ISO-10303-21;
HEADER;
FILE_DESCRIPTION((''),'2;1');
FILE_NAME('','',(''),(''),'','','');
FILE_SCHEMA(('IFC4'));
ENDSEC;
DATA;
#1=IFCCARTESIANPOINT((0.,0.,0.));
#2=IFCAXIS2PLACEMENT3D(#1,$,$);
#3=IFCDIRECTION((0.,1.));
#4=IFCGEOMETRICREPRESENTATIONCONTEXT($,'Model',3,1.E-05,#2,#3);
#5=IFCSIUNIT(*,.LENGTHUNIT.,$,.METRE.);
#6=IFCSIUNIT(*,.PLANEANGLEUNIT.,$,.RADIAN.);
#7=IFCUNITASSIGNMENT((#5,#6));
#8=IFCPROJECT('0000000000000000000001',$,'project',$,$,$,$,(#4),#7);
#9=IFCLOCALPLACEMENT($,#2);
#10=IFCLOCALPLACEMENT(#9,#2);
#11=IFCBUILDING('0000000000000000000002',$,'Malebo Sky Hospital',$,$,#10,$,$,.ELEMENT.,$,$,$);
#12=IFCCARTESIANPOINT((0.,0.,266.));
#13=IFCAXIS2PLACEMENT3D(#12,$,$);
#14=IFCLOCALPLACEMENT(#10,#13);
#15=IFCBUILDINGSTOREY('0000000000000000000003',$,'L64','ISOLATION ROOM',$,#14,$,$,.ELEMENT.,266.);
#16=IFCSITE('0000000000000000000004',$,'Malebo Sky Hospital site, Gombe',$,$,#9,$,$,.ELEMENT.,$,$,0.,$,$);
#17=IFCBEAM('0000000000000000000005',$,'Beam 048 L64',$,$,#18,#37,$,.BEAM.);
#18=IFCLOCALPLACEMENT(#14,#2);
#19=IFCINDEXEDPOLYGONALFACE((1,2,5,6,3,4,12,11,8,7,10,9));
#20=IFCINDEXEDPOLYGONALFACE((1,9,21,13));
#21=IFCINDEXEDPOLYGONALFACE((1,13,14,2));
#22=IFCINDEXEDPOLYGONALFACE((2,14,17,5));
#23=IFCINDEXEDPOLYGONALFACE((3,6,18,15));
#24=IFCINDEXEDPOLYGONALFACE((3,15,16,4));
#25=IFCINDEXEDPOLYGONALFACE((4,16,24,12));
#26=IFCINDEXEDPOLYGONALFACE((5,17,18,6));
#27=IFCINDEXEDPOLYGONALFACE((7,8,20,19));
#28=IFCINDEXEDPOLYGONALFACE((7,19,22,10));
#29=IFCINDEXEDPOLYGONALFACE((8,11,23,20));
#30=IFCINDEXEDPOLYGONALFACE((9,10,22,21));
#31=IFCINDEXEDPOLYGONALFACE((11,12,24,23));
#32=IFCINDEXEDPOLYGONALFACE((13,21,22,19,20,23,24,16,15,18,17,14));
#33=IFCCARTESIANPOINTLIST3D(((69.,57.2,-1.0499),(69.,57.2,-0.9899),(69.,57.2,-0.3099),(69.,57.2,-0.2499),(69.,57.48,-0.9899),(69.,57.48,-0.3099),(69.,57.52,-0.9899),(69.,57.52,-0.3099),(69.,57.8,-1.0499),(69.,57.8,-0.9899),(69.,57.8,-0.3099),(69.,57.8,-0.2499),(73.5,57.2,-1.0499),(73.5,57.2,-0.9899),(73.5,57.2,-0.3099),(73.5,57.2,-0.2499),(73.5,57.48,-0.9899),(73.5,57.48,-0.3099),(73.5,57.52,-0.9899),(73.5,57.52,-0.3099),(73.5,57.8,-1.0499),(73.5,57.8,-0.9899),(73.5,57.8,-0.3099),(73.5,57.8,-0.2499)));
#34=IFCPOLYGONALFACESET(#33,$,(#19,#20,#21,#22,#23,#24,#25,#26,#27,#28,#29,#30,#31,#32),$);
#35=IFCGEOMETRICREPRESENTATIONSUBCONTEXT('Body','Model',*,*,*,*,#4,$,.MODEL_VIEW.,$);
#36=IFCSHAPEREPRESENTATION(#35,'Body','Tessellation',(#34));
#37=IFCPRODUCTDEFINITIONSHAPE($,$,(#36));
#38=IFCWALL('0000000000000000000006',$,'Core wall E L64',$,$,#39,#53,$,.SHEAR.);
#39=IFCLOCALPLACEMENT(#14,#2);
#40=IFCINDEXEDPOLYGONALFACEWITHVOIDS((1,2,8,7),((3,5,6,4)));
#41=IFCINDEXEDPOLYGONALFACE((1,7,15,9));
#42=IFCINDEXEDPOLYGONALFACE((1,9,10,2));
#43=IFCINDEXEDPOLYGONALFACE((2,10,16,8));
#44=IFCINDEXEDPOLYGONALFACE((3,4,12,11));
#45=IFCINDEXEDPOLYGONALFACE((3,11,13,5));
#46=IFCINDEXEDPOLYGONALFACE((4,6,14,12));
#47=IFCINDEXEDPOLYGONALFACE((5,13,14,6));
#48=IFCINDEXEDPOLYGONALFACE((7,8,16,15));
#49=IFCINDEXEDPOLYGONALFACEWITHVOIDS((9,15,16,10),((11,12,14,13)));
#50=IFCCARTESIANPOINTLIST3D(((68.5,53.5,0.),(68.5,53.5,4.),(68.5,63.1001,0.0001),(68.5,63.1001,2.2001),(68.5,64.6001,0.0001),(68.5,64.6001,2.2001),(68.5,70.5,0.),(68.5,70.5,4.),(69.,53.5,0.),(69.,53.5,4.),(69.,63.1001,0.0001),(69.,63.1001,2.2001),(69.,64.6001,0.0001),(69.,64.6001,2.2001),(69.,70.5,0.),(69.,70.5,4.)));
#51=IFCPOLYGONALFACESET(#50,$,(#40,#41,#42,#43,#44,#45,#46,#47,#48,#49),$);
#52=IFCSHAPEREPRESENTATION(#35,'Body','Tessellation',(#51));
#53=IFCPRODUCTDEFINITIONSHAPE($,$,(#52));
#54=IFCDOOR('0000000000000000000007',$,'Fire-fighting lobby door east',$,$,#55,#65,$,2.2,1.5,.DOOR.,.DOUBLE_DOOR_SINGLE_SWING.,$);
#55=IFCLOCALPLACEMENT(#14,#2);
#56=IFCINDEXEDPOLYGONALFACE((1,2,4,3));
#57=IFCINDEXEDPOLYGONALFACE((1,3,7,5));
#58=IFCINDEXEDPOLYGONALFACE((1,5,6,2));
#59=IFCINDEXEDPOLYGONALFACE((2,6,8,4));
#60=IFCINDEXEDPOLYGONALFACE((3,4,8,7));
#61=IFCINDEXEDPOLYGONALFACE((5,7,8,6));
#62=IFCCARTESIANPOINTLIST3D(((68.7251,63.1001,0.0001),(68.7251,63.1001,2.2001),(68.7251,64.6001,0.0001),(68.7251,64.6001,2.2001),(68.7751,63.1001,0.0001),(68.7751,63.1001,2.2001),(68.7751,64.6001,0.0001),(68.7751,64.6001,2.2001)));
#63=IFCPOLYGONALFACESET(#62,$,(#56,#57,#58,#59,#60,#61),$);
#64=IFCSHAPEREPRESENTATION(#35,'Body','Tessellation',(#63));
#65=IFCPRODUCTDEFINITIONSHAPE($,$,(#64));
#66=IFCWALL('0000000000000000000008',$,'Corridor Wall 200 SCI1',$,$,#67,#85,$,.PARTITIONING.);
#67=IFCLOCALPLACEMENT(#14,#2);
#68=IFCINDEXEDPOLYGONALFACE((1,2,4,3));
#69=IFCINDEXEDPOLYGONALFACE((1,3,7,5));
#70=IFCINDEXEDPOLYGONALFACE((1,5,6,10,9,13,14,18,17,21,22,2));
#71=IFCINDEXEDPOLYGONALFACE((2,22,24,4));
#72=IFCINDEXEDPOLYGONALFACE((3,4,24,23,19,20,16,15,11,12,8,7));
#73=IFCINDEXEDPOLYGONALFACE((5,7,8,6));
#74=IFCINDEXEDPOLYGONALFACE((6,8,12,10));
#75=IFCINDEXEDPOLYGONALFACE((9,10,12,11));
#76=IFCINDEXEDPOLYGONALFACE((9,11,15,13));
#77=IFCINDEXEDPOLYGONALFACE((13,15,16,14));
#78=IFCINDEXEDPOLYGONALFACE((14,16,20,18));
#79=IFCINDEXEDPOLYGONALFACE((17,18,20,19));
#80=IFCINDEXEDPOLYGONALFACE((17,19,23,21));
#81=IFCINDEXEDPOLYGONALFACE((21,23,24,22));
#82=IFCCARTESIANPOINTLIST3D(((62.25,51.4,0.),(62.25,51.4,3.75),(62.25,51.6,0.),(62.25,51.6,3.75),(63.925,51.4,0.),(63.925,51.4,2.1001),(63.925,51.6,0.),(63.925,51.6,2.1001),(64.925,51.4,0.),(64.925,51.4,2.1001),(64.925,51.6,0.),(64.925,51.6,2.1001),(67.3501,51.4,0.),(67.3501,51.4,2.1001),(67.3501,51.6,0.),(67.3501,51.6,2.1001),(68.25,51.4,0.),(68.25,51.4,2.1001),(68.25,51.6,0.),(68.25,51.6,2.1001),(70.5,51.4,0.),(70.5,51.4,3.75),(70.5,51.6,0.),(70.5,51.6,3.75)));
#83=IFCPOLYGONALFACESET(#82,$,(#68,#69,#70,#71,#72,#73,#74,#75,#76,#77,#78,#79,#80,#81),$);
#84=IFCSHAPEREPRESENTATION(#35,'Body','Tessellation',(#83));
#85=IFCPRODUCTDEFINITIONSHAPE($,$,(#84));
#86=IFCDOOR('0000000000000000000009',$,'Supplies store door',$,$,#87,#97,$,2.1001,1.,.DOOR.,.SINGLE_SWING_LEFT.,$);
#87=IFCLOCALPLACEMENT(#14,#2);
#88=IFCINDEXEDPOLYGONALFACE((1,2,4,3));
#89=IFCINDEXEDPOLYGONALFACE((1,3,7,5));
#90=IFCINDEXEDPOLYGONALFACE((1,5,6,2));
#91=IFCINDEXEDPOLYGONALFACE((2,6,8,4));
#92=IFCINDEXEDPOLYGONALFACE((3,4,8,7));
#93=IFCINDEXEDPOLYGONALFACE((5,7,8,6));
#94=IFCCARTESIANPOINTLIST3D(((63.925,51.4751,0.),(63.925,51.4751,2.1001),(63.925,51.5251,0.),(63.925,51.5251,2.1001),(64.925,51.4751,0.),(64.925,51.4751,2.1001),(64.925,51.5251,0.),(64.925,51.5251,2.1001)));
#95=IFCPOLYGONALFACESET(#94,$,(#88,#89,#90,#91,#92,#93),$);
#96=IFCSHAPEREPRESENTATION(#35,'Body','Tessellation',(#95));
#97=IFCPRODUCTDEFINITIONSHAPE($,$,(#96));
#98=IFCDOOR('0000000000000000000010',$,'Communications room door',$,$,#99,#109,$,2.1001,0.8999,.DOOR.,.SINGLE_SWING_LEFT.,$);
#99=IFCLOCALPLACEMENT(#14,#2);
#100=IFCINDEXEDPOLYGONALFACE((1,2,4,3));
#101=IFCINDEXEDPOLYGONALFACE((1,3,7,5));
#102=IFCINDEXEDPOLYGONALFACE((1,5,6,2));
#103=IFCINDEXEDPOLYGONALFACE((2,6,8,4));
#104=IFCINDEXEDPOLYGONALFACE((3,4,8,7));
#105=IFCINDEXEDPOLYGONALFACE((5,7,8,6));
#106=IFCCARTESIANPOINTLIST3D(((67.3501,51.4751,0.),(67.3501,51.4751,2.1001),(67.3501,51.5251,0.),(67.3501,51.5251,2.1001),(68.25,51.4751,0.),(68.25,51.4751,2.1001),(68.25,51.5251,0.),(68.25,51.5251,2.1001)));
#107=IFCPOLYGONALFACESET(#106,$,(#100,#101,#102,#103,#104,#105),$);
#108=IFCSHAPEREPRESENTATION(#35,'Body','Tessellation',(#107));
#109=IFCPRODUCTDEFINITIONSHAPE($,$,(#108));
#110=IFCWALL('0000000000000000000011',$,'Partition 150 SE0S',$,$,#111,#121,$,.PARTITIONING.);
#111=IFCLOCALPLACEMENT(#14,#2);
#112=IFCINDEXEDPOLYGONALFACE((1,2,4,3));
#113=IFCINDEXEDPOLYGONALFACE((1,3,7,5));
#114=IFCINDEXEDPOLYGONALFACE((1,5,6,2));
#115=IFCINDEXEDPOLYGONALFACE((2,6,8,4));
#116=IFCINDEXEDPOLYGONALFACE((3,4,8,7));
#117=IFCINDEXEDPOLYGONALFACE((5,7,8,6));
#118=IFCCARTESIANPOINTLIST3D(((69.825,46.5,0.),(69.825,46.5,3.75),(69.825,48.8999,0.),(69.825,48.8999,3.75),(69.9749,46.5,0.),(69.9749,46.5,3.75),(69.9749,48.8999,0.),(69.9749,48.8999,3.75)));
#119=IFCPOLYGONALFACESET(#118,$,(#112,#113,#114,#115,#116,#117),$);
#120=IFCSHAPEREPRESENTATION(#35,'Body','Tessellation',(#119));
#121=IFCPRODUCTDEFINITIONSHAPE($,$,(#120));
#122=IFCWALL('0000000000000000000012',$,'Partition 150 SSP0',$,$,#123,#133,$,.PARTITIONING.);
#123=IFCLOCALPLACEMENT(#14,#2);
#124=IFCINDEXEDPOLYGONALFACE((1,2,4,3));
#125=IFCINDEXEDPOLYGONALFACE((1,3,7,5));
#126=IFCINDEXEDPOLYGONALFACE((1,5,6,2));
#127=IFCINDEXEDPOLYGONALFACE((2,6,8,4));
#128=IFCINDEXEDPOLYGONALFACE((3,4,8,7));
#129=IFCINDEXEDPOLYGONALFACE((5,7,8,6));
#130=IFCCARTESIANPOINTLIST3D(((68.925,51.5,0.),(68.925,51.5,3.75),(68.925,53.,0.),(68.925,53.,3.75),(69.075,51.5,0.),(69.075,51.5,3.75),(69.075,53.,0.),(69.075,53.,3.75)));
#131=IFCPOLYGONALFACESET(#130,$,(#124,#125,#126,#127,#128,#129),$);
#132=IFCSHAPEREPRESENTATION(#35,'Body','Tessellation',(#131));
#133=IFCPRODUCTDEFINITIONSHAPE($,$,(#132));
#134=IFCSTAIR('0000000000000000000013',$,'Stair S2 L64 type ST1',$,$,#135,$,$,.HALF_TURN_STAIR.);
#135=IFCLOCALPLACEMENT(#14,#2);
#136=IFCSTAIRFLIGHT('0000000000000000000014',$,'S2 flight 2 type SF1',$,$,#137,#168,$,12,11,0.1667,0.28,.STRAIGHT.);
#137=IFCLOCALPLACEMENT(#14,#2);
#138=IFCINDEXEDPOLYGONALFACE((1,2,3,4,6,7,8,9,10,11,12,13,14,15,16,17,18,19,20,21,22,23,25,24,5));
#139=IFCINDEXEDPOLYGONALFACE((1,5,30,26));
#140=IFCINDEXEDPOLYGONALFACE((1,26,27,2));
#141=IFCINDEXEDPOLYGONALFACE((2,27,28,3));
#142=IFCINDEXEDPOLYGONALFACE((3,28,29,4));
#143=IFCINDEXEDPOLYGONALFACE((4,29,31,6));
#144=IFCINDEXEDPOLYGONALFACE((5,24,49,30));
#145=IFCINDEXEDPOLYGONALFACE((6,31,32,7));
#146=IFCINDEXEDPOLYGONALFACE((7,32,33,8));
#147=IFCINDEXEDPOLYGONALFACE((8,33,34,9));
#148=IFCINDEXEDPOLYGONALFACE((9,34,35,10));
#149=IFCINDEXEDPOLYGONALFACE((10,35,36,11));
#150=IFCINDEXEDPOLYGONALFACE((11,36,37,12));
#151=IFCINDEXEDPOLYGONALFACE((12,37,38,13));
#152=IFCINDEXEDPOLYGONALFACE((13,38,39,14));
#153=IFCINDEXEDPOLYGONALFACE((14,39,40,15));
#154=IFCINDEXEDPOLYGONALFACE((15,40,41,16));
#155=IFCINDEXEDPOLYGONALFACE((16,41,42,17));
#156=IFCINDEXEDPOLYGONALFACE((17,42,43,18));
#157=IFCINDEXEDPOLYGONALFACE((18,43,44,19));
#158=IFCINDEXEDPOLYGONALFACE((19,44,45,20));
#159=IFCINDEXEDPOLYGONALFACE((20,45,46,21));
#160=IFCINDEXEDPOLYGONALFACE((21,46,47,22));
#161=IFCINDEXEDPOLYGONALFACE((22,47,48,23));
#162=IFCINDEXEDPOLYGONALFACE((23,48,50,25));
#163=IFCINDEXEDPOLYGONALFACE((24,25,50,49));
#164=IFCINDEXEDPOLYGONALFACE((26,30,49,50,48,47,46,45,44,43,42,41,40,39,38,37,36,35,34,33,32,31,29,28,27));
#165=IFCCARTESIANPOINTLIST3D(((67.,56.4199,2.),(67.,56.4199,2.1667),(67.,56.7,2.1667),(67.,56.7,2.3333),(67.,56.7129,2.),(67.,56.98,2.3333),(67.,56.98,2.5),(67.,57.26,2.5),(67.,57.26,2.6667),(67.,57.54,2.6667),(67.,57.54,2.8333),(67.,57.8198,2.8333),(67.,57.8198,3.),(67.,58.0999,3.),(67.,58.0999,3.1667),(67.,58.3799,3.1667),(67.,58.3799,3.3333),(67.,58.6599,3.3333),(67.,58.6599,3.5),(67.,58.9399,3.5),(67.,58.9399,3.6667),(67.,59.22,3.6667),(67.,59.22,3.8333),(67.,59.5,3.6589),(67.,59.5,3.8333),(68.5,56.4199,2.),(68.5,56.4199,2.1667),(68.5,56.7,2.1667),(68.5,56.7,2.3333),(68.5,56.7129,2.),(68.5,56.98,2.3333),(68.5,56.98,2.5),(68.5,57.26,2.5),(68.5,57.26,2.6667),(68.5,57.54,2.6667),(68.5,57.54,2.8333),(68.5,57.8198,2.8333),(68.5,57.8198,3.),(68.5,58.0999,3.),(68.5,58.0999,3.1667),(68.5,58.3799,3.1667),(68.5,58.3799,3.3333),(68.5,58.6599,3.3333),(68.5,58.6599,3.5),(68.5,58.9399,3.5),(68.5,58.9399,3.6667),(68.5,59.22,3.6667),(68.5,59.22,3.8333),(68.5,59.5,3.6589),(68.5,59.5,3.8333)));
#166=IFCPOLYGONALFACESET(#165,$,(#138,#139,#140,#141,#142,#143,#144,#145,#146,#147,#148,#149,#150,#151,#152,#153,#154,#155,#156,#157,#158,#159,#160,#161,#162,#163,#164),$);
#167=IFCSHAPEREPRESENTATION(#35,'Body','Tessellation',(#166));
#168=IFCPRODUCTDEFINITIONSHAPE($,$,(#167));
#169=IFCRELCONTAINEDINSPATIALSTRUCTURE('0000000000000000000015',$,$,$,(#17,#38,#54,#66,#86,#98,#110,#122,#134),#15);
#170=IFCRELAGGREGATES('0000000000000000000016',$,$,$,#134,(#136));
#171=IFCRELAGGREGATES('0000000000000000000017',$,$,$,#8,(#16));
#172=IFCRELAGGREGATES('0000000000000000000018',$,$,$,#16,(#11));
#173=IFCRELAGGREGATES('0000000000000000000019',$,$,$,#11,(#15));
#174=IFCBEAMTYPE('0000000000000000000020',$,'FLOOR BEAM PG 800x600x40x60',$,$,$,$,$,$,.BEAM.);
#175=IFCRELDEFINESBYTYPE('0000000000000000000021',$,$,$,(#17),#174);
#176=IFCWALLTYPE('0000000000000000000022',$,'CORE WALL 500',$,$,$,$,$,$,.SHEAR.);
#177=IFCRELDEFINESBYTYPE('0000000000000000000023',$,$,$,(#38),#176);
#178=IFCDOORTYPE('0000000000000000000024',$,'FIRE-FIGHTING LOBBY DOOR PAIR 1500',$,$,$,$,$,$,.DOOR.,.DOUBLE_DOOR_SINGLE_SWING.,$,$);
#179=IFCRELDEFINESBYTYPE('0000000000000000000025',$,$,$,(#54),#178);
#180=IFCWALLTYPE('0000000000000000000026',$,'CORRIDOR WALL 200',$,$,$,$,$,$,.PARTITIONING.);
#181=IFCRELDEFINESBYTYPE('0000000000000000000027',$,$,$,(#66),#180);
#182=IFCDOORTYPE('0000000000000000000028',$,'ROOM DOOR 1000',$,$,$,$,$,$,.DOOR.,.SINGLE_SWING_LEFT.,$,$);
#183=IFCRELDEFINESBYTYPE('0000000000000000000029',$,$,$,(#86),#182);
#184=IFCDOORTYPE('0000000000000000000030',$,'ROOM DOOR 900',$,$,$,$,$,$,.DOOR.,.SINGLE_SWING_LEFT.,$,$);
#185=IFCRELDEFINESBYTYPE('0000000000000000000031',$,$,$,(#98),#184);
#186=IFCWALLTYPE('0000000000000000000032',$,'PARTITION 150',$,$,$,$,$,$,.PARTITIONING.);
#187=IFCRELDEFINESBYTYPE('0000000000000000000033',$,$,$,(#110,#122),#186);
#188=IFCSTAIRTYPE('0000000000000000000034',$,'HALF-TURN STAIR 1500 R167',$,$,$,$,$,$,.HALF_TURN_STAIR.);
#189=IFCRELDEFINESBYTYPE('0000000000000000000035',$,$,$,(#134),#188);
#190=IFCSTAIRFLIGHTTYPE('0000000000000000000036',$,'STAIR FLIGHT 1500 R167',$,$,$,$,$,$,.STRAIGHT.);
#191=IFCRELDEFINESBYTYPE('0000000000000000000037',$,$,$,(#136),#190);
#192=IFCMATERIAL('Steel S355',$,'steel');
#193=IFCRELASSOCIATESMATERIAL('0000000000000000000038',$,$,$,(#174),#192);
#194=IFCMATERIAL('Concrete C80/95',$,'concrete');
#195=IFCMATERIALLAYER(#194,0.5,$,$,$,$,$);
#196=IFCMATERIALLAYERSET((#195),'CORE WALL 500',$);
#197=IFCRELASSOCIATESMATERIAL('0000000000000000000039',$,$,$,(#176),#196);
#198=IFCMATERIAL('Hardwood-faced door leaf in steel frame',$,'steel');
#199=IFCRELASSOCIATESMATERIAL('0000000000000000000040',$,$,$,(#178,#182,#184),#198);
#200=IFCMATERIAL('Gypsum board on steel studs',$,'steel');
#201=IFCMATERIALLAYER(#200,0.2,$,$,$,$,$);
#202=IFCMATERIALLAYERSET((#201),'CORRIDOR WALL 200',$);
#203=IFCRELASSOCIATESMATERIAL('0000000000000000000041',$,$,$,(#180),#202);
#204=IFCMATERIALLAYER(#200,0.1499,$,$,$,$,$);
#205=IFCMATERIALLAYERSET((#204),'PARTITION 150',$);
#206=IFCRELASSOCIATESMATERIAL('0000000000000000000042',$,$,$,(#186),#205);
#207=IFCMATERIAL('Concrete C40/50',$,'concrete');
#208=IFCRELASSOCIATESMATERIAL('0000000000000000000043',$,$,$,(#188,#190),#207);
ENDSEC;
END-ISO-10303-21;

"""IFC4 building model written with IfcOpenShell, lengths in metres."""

from ifc_helpers import new_model, si_unit, direction, frame, frame_2d, origin, origin_2d, place, context, subcontext, project, spatial, polyline, rectangle, i_section, outline, extrude, material, layer, layer_set, material_profile, profile_set, type_object, element, fill, aggregate, save


model = new_model("IFC4")

# Units and contexts
model_context = context("Model", 3, precision=1e-05, world=origin(), true_north=direction((0.0, 1.0)))
body_context = subcontext(model_context, "Body", "Model", "MODEL_VIEW")
ifc_project = project(units=[si_unit("LENGTHUNIT", "METRE"), si_unit("PLANEANGLEUNIT", "RADIAN")], contexts=[model_context])

# Site, building, storey
site_placement = place(None, origin())
site = spatial("IfcSite", under=ifc_project, at=site_placement, Name="Malebo Sky Hospital site, Gombe", CompositionType="ELEMENT", RefElevation=0.0)
building_placement = place(site_placement, origin())
building = spatial("IfcBuilding", under=site, at=building_placement, Name="Malebo Sky Hospital", CompositionType="ELEMENT")
storey_placement = place(building_placement, frame((0.0, 0.0, 266.0)))
storey = spatial("IfcBuildingStorey", under=building, at=storey_placement, Name="L64", Description="ISOLATION ROOM", CompositionType="ELEMENT", Elevation=266.0)

# Beam
ifc_material_1 = material(Name="Steel S355", Category="steel")
ifc_material_profile = material_profile(ifc_material_1, i_section(OverallWidth=0.6001, OverallDepth=0.8, WebThickness=0.04, FlangeThickness=0.0601, at=origin_2d()), Name="PG 800x600x40x60")
ifc_profile_set = profile_set([ifc_material_profile], Name="Steel S355")
beam_type = type_object("IfcBeamType", Name="FLOOR BEAM PG 800x600x40x60", PredefinedType="BEAM", material=ifc_profile_set)
beam_placement = place(storey_placement, frame((69.0, 57.5, -0.6499), z_axis=(1.0, 0.0, 0.0), x_axis=(0.0, 1.0, 0.0)))
element("IfcBeam", 1, at=beam_placement, inside=storey, type_object=beam_type, Name="Beam 048 L64", PredefinedType="BEAM", context=body_context, shape_type="SweptSolid", body=[
    extrude(i_section(OverallWidth=0.6001, OverallDepth=0.8, WebThickness=0.04, FlangeThickness=0.0601, at=origin_2d()), origin(), (0.0, 0.0, 1.0), 4.5),
])

# Wall, opening, door
ifc_material_2 = material(Name="Concrete C80/95", Category="concrete")
ifc_layer_1 = layer(ifc_material_2, 0.5)
ifc_layer_set_1 = layer_set([ifc_layer_1], Name="CORE WALL 500")
wall_type_1 = type_object("IfcWallType", Name="CORE WALL 500", PredefinedType="SHEAR", material=ifc_layer_set_1)
wall_1_placement = place(storey_placement, frame((68.75, 53.5, 0.0), z_axis=(0.0, 0.0, 1.0), x_axis=(0.0, 1.0, 0.0)))
wall_1 = element("IfcWall", 2, at=wall_1_placement, inside=storey, type_object=wall_type_1, Name="Core wall E L64", PredefinedType="SHEAR", context=body_context, shape_type="SweptSolid", body=[
    extrude(rectangle(XDim=17.0, YDim=0.5, at=frame_2d((8.5, 0.0))), origin(), (0.0, 0.0, 1.0), 4.0),
])
opening_1_placement = place(wall_1_placement, frame((9.6001, 0.0, 0.0)))
opening_1 = element("IfcOpeningElement", 3, at=opening_1_placement, cuts=wall_1, PredefinedType="OPENING", context=body_context, shape_type="SweptSolid", body=[
    extrude(rectangle(XDim=1.5, YDim=2.2, at=frame_2d((0.75, 1.1001))), frame((0.0, 0.26, 0.0), z_axis=(0.0, -1.0, 0.0), x_axis=(1.0, 0.0, 0.0)), (0.0, 0.0, 1.0), 0.52),
])
ifc_material_3 = material(Name="Hardwood-faced door leaf in steel frame", Category="steel")
door_type_1 = type_object("IfcDoorType", Name="FIRE-FIGHTING LOBBY DOOR PAIR 1500", OperationType="DOUBLE_DOOR_SINGLE_SWING", PredefinedType="DOOR", material=ifc_material_3)
door_1_placement = place(opening_1_placement, origin())
door_1 = element("IfcDoor", 4, at=door_1_placement, inside=storey, type_object=door_type_1, Name="Fire-fighting lobby door east", OperationType="DOUBLE_DOOR_SINGLE_SWING", OverallHeight=2.2, OverallWidth=1.5, PredefinedType="DOOR", context=body_context, shape_type="SweptSolid", body=[
    extrude(rectangle(XDim=1.5, YDim=2.2, at=frame_2d((0.75, 1.1001))), frame((0.0, 0.0249, 0.0), z_axis=(0.0, -1.0, 0.0), x_axis=(1.0, 0.0, 0.0)), (0.0, 0.0, 1.0), 0.05),
])
fill(opening_1, door_1)

# Wall, openings, doors
ifc_material_4 = material(Name="Gypsum board on steel studs", Category="steel")
ifc_layer_2 = layer(ifc_material_4, 0.2)
ifc_layer_set_2 = layer_set([ifc_layer_2], Name="CORRIDOR WALL 200")
wall_type_2 = type_object("IfcWallType", Name="CORRIDOR WALL 200", PredefinedType="PARTITIONING", material=ifc_layer_set_2)
wall_2_placement = place(storey_placement, frame((70.5, 51.5, 0.0), z_axis=(0.0, 0.0, 1.0), x_axis=(-1.0, 0.0, 0.0)))
wall_2 = element("IfcWall", 5, at=wall_2_placement, inside=storey, type_object=wall_type_2, Name="Corridor Wall 200 SCI1", PredefinedType="PARTITIONING", context=body_context, shape_type="SweptSolid", body=[
    extrude(rectangle(XDim=8.25, YDim=0.2, at=frame_2d((4.125, 0.0))), origin(), (0.0, 0.0, 1.0), 3.75),
])
opening_2_placement = place(wall_2_placement, frame((2.25, 0.0, 0.0)))
opening_2 = element("IfcOpeningElement", 6, at=opening_2_placement, cuts=wall_2, PredefinedType="OPENING", context=body_context, shape_type="SweptSolid", body=[
    extrude(rectangle(XDim=0.8999, YDim=2.1001, at=frame_2d((0.45, 1.05))), frame((0.0, 0.1099, 0.0), z_axis=(0.0, -1.0, 0.0), x_axis=(1.0, 0.0, 0.0)), (0.0, 0.0, 1.0), 0.22),
])
opening_3_placement = place(wall_2_placement, frame((5.575, 0.0, 0.0)))
opening_3 = element("IfcOpeningElement", 7, at=opening_3_placement, cuts=wall_2, PredefinedType="OPENING", context=body_context, shape_type="SweptSolid", body=[
    extrude(rectangle(XDim=1.0, YDim=2.1001, at=frame_2d((0.5, 1.05))), frame((0.0, 0.1099, 0.0), z_axis=(0.0, -1.0, 0.0), x_axis=(1.0, 0.0, 0.0)), (0.0, 0.0, 1.0), 0.22),
])
door_type_2 = type_object("IfcDoorType", Name="ROOM DOOR 1000", OperationType="SINGLE_SWING_LEFT", PredefinedType="DOOR", material=ifc_material_3)
door_2_placement = place(opening_3_placement, origin())
door_2 = element("IfcDoor", 8, at=door_2_placement, inside=storey, type_object=door_type_2, Name="Supplies store door", OperationType="SINGLE_SWING_LEFT", OverallHeight=2.1001, OverallWidth=1.0, PredefinedType="DOOR", context=body_context, shape_type="SweptSolid", body=[
    extrude(rectangle(XDim=1.0, YDim=2.1001, at=frame_2d((0.5, 1.05))), frame((0.0, 0.0249, 0.0), z_axis=(0.0, -1.0, 0.0), x_axis=(1.0, 0.0, 0.0)), (0.0, 0.0, 1.0), 0.05),
])
fill(opening_3, door_2)
door_type_3 = type_object("IfcDoorType", Name="ROOM DOOR 900", OperationType="SINGLE_SWING_LEFT", PredefinedType="DOOR", material=ifc_material_3)
door_3_placement = place(opening_2_placement, origin())
door_3 = element("IfcDoor", 9, at=door_3_placement, inside=storey, type_object=door_type_3, Name="Communications room door", OperationType="SINGLE_SWING_LEFT", OverallHeight=2.1001, OverallWidth=0.8999, PredefinedType="DOOR", context=body_context, shape_type="SweptSolid", body=[
    extrude(rectangle(XDim=0.8999, YDim=2.1001, at=frame_2d((0.45, 1.05))), frame((0.0, 0.0249, 0.0), z_axis=(0.0, -1.0, 0.0), x_axis=(1.0, 0.0, 0.0)), (0.0, 0.0, 1.0), 0.05),
])
fill(opening_2, door_3)

# Walls
ifc_layer_3 = layer(ifc_material_4, 0.1499)
ifc_layer_set_3 = layer_set([ifc_layer_3], Name="PARTITION 150")
wall_type_3 = type_object("IfcWallType", Name="PARTITION 150", PredefinedType="PARTITIONING", material=ifc_layer_set_3)
wall_3_placement = place(storey_placement, frame((69.8999, 48.8999, 0.0), z_axis=(0.0, 0.0, 1.0), x_axis=(0.0, -1.0, 0.0)))
element("IfcWall", 10, at=wall_3_placement, inside=storey, type_object=wall_type_3, Name="Partition 150 SE0S", PredefinedType="PARTITIONING", context=body_context, shape_type="SweptSolid", body=[
    extrude(rectangle(XDim=2.3999, YDim=0.1499, at=frame_2d((1.2, 0.0))), origin(), (0.0, 0.0, 1.0), 3.75),
])
wall_4_placement = place(storey_placement, frame((69.0, 53.0, 0.0), z_axis=(0.0, 0.0, 1.0), x_axis=(0.0, -1.0, 0.0)))
element("IfcWall", 11, at=wall_4_placement, inside=storey, type_object=wall_type_3, Name="Partition 150 SSP0", PredefinedType="PARTITIONING", context=body_context, shape_type="SweptSolid", body=[
    extrude(rectangle(XDim=1.5, YDim=0.1499, at=frame_2d((0.75, 0.0))), origin(), (0.0, 0.0, 1.0), 3.75),
])

# Stair, stair flight
ifc_material_5 = material(Name="Concrete C40/50", Category="concrete")
stair_type = type_object("IfcStairType", Name="HALF-TURN STAIR 1500 R167", PredefinedType="HALF_TURN_STAIR", material=ifc_material_5)
stair_placement = place(storey_placement, origin())
stair = element("IfcStair", 12, at=stair_placement, inside=storey, type_object=stair_type, Name="Stair S2 L64 type ST1", PredefinedType="HALF_TURN_STAIR")
stair_flight_type = type_object("IfcStairFlightType", Name="STAIR FLIGHT 1500 R167", PredefinedType="STRAIGHT", material=ifc_material_5)
stair_flight_placement = place(storey_placement, frame((67.75, 56.4199, 2.0), z_axis=(0.0, 0.0, 1.0), x_axis=(0.0, 1.0, 0.0)))
stair_flight = element("IfcStairFlight", 13, at=stair_flight_placement, type_object=stair_flight_type, Name="S2 flight 2 type SF1", NumberOfRisers=12, NumberOfTreads=11, PredefinedType="STRAIGHT", RiserHeight=0.1667, TreadLength=0.28, context=body_context, shape_type="SweptSolid", body=[
    extrude(outline(polyline([(0.0, 0.0), (0.0, 0.1667), (0.28, 0.1667), (0.28, 0.3333), (0.5601, 0.3333), (0.5601, 0.5), (0.8401, 0.5), (0.8401, 0.6667), (1.1201, 0.6667), (1.1201, 0.8333), (1.3999, 0.8333), (1.3999, 1.0), (1.6799, 1.0), (1.6799, 1.1667), (1.96, 1.1667), (1.96, 1.3333), (2.24, 1.3333), (2.24, 1.5), (2.52, 1.5), (2.52, 1.6667), (2.8, 1.6667), (2.8, 1.8333), (3.0801, 1.8333), (3.0801, 2.0), (3.0801, 1.6589), (0.293, 0.0), (0.0, 0.0)])), frame((0.0, 0.75, 0.0), z_axis=(0.0, -1.0, 0.0), x_axis=(1.0, 0.0, 0.0)), (0.0, 0.0, 1.0), 1.5),
])
aggregate(stair, [stair_flight])

save(model, "model.ifc")
